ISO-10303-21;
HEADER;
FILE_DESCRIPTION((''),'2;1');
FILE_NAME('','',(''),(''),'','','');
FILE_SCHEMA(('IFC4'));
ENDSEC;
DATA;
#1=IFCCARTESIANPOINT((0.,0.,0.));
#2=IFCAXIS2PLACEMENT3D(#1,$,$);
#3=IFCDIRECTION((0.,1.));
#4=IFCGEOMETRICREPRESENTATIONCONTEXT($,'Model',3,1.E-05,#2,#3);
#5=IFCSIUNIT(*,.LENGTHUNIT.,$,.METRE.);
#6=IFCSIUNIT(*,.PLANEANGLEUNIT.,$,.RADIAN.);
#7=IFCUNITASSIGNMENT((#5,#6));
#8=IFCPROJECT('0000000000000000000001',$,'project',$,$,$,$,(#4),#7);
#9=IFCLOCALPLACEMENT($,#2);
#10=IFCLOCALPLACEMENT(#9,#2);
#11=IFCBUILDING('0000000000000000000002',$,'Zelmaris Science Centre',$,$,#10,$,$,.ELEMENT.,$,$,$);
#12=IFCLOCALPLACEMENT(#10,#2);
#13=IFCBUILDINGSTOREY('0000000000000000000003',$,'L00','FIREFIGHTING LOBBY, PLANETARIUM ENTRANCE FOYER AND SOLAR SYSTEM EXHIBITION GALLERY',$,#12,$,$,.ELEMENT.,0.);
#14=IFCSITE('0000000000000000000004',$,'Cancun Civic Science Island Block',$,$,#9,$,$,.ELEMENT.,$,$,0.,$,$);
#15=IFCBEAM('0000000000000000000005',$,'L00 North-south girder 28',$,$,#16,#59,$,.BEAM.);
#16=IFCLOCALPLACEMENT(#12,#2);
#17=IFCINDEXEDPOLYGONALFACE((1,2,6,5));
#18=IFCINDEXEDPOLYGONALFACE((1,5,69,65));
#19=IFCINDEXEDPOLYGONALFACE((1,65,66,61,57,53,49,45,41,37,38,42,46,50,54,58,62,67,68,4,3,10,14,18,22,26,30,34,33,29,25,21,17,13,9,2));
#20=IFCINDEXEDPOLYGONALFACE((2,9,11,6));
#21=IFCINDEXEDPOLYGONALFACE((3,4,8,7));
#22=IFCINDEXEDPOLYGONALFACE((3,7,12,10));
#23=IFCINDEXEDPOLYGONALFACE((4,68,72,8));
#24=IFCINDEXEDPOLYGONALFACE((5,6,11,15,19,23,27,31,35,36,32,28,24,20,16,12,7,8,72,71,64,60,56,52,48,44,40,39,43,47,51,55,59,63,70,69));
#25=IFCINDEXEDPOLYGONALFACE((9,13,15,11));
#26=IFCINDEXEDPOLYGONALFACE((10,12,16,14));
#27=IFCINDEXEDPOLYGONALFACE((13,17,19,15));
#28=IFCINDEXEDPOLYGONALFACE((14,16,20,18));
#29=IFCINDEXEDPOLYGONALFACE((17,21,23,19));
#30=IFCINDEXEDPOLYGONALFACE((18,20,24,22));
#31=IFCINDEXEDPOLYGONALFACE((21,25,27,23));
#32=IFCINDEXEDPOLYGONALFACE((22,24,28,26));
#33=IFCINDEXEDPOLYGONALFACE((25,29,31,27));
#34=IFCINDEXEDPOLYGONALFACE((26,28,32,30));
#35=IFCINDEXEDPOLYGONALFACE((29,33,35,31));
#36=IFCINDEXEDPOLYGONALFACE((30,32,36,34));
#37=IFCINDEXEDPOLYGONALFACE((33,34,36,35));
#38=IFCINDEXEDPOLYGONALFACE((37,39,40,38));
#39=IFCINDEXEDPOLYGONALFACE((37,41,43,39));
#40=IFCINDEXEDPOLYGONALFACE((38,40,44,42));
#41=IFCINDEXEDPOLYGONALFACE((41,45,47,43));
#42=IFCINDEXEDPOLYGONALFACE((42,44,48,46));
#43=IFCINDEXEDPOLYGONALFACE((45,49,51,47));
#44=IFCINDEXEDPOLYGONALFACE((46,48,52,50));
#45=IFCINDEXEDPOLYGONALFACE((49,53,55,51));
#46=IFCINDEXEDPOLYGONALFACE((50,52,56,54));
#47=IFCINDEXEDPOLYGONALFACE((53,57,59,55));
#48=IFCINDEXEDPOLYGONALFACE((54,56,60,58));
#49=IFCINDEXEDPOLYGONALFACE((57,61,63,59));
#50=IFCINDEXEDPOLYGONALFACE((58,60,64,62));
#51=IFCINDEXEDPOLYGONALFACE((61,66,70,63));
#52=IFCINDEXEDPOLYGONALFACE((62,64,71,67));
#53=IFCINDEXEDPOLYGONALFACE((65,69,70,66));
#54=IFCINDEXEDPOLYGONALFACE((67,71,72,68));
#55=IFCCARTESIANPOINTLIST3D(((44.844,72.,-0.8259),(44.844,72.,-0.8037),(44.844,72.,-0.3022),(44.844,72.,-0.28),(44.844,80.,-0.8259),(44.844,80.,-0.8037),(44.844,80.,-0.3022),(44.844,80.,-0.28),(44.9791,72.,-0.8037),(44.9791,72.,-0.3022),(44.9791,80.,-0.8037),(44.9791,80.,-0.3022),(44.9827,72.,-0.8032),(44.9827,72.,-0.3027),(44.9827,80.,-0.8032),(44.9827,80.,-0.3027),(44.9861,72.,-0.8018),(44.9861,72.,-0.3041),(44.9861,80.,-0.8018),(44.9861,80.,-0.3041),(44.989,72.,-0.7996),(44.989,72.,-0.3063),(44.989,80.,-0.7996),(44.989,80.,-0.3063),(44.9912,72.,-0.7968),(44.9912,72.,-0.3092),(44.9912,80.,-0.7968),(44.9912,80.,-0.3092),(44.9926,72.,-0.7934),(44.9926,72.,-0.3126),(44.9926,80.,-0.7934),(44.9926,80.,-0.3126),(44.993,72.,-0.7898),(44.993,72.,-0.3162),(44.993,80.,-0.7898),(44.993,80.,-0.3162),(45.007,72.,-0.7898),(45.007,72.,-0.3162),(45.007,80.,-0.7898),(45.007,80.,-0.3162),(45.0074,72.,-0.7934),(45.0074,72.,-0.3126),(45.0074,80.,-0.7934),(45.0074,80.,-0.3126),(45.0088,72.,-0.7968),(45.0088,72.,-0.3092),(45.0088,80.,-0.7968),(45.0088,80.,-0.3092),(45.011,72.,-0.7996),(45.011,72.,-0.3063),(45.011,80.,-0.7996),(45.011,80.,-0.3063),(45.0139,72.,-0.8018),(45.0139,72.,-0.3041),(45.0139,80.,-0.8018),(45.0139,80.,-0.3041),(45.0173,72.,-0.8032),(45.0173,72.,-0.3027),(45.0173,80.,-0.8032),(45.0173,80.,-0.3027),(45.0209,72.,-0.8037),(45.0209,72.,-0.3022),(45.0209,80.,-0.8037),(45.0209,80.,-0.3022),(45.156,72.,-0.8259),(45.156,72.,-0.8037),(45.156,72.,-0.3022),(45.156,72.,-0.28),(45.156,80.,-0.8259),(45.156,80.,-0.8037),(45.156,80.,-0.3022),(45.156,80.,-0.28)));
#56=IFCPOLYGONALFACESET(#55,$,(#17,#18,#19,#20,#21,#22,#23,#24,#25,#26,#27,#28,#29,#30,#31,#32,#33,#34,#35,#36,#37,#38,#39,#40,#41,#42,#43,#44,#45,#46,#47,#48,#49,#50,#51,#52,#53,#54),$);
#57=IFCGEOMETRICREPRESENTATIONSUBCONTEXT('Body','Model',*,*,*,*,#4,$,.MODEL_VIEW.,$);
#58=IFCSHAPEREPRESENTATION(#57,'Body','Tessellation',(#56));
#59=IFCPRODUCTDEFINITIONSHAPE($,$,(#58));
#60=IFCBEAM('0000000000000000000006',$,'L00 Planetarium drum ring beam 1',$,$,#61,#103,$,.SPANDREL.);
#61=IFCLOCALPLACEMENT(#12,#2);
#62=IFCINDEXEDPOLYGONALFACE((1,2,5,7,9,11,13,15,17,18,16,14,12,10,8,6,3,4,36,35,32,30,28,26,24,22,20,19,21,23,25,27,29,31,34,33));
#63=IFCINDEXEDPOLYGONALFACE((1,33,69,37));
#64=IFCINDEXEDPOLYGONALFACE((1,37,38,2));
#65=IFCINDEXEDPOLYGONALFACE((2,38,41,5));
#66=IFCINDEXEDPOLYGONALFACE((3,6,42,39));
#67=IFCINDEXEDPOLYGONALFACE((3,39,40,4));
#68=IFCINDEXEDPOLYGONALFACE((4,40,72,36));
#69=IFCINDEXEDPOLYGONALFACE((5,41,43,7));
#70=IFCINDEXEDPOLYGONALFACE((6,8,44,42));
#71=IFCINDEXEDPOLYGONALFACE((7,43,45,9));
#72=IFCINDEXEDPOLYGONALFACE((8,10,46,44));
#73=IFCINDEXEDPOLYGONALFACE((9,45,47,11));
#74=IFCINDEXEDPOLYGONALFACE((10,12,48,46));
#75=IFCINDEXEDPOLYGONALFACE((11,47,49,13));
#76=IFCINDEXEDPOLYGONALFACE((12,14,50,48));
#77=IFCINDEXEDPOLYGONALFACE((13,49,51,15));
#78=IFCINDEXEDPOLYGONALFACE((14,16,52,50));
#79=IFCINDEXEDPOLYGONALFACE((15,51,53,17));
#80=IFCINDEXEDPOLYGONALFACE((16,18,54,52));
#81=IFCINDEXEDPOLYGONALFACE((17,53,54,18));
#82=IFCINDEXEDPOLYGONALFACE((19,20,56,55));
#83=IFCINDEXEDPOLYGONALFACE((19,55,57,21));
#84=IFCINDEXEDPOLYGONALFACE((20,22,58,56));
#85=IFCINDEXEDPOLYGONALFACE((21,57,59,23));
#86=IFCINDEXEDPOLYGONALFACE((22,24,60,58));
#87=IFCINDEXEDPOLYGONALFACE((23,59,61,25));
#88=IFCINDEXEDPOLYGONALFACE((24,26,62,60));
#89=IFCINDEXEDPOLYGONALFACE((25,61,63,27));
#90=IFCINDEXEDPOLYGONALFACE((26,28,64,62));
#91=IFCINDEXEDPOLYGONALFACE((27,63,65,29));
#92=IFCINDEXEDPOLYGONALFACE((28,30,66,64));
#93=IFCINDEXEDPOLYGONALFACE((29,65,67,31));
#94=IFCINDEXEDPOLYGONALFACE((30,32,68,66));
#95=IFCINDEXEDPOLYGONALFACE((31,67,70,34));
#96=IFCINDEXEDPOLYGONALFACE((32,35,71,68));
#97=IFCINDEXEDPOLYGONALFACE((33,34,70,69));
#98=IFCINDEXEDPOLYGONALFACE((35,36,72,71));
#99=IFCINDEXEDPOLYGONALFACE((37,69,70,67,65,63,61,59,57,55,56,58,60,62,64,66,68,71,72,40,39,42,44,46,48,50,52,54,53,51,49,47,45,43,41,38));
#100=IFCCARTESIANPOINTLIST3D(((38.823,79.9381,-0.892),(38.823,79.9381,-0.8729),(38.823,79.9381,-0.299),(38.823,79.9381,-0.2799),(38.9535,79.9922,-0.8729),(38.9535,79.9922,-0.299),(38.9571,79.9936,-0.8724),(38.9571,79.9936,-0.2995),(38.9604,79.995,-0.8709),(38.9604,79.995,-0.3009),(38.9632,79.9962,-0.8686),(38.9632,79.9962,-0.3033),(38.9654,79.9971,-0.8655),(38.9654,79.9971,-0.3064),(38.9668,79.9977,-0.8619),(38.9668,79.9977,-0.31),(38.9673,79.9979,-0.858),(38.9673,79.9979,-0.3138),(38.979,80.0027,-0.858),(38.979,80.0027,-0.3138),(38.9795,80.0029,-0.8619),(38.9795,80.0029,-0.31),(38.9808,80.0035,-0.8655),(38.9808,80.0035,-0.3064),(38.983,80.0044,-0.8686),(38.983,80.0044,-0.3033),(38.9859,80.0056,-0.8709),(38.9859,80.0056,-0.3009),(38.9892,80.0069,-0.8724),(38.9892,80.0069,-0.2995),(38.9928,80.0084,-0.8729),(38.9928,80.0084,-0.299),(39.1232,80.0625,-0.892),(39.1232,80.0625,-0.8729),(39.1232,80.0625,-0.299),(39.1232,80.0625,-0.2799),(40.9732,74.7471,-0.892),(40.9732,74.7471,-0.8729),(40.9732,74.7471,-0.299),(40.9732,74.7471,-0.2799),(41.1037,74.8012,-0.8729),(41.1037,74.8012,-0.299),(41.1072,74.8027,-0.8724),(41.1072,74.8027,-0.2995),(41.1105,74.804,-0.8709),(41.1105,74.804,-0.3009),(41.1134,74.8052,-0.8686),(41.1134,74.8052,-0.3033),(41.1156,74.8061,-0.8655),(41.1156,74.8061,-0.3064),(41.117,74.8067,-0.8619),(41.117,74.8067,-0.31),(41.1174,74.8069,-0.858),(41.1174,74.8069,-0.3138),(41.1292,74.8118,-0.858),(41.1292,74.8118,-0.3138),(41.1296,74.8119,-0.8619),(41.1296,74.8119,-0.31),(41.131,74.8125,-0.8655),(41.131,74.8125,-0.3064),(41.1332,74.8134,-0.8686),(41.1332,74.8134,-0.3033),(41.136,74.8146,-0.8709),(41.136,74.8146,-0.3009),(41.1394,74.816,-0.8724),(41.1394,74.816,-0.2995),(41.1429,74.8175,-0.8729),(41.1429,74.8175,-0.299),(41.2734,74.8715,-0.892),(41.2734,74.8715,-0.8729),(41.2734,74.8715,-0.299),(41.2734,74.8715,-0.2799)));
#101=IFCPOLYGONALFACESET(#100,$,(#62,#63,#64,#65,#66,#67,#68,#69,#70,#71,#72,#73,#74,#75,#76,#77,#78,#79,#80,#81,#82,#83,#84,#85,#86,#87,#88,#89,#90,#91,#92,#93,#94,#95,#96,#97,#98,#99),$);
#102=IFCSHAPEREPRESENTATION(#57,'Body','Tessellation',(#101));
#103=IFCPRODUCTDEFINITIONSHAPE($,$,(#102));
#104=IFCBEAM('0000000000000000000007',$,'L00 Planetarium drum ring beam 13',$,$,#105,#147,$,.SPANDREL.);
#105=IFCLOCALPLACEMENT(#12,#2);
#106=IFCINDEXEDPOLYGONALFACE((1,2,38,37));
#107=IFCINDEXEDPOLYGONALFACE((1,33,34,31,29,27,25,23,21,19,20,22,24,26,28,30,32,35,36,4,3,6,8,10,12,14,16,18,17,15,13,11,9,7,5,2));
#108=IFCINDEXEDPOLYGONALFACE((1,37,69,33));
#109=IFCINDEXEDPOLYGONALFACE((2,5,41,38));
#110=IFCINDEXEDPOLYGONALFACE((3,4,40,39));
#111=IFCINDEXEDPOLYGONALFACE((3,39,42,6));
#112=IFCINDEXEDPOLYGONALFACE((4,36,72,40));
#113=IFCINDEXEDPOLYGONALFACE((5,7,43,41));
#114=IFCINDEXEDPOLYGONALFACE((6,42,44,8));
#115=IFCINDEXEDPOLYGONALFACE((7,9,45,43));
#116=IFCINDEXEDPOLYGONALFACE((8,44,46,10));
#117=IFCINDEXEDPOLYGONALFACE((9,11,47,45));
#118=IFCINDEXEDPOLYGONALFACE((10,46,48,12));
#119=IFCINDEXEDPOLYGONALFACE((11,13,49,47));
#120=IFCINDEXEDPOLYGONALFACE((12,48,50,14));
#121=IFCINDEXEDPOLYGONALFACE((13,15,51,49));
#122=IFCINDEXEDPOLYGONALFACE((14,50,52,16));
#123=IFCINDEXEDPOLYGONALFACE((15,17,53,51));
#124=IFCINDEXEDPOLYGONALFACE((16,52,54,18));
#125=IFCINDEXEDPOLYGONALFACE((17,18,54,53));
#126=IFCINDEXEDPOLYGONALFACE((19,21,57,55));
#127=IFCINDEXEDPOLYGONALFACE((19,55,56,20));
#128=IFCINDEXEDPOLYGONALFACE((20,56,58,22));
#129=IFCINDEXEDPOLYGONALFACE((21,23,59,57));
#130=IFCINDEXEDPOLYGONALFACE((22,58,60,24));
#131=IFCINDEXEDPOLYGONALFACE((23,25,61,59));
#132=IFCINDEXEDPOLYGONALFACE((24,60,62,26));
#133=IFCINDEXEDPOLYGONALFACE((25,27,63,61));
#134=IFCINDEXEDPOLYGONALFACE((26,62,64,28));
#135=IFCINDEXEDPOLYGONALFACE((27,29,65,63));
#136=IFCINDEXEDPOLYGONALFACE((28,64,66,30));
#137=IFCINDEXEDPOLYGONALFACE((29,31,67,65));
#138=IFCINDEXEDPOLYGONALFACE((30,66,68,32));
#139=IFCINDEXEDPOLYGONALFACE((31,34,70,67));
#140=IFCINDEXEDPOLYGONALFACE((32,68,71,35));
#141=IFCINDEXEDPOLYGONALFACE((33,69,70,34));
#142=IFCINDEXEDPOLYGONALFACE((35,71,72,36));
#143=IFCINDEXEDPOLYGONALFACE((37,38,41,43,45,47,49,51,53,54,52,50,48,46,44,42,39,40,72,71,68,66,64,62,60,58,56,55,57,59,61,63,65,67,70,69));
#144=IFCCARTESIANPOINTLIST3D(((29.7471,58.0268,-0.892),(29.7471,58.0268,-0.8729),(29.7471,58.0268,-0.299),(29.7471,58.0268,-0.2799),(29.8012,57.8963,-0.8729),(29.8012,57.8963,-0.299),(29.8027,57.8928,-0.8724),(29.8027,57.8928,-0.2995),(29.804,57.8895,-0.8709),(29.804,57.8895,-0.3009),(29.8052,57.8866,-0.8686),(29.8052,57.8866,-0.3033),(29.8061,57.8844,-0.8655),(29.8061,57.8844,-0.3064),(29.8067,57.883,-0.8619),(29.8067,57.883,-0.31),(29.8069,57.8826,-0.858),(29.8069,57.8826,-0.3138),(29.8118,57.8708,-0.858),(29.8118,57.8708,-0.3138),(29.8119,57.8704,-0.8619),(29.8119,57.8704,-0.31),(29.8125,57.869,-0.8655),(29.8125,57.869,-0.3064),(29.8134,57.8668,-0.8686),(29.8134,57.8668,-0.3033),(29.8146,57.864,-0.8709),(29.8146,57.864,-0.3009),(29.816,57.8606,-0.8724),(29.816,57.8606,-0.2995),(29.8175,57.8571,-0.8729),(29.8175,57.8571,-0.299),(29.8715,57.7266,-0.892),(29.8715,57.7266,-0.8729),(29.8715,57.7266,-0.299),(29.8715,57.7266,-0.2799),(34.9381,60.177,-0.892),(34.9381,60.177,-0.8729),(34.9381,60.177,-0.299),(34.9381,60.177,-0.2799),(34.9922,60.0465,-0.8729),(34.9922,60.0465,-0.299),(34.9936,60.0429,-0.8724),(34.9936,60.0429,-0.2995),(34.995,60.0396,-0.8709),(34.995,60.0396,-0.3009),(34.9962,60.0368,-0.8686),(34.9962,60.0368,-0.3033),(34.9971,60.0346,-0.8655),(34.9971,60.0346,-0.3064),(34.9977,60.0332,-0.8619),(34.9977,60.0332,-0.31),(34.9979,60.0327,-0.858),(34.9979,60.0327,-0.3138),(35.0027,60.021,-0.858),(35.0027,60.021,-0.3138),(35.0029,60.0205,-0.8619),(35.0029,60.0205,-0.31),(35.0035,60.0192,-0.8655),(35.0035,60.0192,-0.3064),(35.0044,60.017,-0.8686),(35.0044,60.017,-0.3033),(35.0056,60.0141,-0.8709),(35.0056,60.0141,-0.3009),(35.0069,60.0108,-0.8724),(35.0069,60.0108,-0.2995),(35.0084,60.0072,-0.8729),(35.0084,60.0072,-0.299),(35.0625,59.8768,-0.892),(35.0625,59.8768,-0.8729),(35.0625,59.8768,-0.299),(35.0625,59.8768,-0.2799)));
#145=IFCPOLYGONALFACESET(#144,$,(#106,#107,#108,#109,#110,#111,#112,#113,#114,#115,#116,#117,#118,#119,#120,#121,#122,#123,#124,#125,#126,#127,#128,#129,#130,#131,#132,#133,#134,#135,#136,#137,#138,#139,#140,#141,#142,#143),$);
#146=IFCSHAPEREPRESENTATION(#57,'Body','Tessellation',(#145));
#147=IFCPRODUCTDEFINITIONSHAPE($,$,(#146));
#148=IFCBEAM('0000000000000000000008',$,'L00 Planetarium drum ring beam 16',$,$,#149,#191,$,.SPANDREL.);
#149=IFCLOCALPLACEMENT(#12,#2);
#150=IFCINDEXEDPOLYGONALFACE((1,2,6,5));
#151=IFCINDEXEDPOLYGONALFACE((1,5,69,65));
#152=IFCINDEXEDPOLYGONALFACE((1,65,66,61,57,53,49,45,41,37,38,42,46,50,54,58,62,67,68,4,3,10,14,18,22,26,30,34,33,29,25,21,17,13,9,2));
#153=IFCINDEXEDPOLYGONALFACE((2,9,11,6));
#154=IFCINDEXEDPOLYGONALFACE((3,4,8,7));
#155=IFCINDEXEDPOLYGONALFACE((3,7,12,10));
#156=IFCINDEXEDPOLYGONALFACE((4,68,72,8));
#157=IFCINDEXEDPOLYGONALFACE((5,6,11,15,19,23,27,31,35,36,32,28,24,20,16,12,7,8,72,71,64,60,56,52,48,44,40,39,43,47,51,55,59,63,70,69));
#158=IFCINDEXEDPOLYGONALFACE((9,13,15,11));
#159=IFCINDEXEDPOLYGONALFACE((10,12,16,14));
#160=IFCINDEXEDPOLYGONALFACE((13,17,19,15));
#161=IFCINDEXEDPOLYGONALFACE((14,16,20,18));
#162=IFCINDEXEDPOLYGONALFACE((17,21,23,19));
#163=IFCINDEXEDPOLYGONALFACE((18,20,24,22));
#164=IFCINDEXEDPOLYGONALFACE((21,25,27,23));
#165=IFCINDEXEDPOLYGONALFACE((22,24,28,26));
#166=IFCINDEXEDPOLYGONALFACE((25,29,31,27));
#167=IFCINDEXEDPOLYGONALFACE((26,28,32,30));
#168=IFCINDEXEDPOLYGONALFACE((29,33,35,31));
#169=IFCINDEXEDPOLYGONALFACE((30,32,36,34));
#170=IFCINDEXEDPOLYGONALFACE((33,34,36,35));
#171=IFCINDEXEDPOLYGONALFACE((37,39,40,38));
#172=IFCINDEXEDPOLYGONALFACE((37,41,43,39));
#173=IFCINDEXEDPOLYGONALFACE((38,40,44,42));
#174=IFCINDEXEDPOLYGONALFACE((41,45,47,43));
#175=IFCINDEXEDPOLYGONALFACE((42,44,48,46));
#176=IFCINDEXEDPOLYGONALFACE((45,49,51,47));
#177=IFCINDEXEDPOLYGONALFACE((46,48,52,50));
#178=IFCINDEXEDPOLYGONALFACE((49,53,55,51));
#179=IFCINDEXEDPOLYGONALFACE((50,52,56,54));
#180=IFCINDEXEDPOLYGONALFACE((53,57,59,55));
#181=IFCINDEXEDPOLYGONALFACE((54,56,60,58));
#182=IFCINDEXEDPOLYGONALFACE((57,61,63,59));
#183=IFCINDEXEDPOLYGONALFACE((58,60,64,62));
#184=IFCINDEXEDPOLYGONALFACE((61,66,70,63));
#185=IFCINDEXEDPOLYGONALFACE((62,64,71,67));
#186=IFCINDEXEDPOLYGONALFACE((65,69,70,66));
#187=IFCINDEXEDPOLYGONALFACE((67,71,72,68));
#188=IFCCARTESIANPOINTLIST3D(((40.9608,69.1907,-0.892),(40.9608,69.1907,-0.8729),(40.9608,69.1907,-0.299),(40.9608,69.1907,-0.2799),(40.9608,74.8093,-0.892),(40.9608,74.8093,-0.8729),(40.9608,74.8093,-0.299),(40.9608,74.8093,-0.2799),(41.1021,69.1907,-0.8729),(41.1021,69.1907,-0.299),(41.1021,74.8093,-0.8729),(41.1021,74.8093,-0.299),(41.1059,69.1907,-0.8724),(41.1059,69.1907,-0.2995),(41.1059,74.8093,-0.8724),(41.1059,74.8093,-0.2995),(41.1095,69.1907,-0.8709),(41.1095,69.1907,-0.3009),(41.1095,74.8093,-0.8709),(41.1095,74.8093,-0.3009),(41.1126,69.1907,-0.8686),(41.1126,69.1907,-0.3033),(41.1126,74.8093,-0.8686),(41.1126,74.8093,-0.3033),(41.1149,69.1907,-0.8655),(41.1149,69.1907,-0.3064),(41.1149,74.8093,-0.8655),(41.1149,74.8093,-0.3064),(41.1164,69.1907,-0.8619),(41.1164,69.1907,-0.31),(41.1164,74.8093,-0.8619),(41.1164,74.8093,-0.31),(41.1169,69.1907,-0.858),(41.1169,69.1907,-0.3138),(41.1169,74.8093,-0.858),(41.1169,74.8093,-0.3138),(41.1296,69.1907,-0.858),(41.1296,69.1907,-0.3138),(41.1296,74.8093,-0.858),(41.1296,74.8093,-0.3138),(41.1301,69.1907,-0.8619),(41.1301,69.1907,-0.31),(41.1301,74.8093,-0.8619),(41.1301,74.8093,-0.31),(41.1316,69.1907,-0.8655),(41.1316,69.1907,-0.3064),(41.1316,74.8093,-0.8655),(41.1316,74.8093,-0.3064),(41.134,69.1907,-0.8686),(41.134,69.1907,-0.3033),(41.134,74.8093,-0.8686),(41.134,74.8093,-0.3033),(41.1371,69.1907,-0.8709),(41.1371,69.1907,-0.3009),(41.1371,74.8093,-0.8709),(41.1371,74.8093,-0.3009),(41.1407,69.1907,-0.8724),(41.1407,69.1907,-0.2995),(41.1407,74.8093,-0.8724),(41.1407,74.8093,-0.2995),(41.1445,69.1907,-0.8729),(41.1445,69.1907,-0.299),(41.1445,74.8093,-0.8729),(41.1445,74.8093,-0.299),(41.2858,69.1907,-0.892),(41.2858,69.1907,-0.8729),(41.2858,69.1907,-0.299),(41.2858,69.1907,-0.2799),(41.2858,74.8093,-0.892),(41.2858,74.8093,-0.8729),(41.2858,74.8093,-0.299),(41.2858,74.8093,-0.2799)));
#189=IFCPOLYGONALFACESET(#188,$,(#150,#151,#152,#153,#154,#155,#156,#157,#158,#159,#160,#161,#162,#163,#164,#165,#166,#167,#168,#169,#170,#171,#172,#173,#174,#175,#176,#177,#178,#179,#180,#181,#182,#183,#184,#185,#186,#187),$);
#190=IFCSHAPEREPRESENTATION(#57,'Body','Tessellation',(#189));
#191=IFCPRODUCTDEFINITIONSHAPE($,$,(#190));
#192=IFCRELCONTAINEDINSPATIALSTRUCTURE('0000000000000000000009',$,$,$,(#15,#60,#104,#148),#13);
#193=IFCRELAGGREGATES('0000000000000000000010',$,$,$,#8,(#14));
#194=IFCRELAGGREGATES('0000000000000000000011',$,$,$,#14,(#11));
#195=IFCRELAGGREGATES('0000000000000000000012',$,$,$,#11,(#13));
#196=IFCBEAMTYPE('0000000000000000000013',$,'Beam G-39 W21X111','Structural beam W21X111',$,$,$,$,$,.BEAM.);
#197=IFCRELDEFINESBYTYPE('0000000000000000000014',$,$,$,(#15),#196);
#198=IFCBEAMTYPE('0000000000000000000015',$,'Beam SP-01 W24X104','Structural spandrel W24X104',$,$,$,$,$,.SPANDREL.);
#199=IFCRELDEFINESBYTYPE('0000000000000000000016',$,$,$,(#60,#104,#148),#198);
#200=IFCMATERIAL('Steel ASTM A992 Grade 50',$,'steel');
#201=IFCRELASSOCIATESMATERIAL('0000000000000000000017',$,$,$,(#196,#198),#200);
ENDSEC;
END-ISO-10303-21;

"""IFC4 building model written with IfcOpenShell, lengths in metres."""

from ifc_helpers import new_model, si_unit, direction, frame, origin, origin_2d, place, context, subcontext, project, spatial, i_section, extrude, material, material_profile, profile_set, type_object, element, save


model = new_model("IFC4")

# Units and contexts
model_context = context("Model", 3, precision=1e-05, world=origin(), true_north=direction((0.0, 1.0)))
body_context = subcontext(model_context, "Body", "Model", "MODEL_VIEW")
ifc_project = project(units=[si_unit("LENGTHUNIT", "METRE"), si_unit("PLANEANGLEUNIT", "RADIAN")], contexts=[model_context])

# Site, building, storey
site_placement = place(None, origin())
site = spatial("IfcSite", under=ifc_project, at=site_placement, Name="Cancun Civic Science Island Block", CompositionType="ELEMENT", RefElevation=0.0)
building_placement = place(site_placement, origin())
building = spatial("IfcBuilding", under=site, at=building_placement, Name="Zelmaris Science Centre", CompositionType="ELEMENT")
storey_placement = place(building_placement, origin())
storey = spatial("IfcBuildingStorey", under=building, at=storey_placement, Name="L00", Description="FIREFIGHTING LOBBY, PLANETARIUM ENTRANCE FOYER AND SOLAR SYSTEM EXHIBITION GALLERY", CompositionType="ELEMENT", Elevation=0.0)

# Shared definitions
ifc_material_1 = material(Name="Steel ASTM A992 Grade 50", Category="steel")

# Beams
ifc_material_profile_1 = material_profile(ifc_material_1, i_section(OverallWidth=0.312, OverallDepth=0.5459, WebThickness=0.0139, FlangeThickness=0.0222, FilletRadius=0.0139, at=origin_2d()), Name="W21X111")
ifc_profile_set_1 = profile_set([ifc_material_profile_1], Name="Steel ASTM A992 Grade 50")
beam_type_1 = type_object("IfcBeamType", Name="Beam G-39 W21X111", Description="Structural beam W21X111", PredefinedType="BEAM", material=ifc_profile_set_1)
beam_1_placement = place(storey_placement, frame((45.0, 72.0, -0.553), z_axis=(0.0, 1.0, 0.0), x_axis=(-1.0, 0.0, 0.0)))
element("IfcBeam", 1, at=beam_1_placement, inside=storey, type_object=beam_type_1, Name="L00 North-south girder 28", PredefinedType="BEAM", context=body_context, shape_type="SweptSolid", body=[
    extrude(i_section(OverallWidth=0.312, OverallDepth=0.5459, WebThickness=0.0139, FlangeThickness=0.0222, FilletRadius=0.0139, at=origin_2d()), origin(), (0.0, 0.0, 1.0), 8.0),
])
ifc_material_profile_2 = material_profile(ifc_material_1, i_section(OverallWidth=0.325, OverallDepth=0.6121, WebThickness=0.0127, FlangeThickness=0.019, FilletRadius=0.0149, at=origin_2d()), Name="W24X104")
ifc_profile_set_2 = profile_set([ifc_material_profile_2], Name="Steel ASTM A992 Grade 50")
beam_type_2 = type_object("IfcBeamType", Name="Beam SP-01 W24X104", Description="Structural spandrel W24X104", PredefinedType="SPANDREL", material=ifc_profile_set_2)
for number, where, z_axis, x_axis, name in (
    (2, (41.1233, 74.8093, -0.5859), (-0.382683, 0.92388, 0.0), (-0.92388, -0.382683, 0.0), "L00 Planetarium drum ring beam 1"),
    (3, (29.8093, 57.8767, -0.5859), (0.92388, 0.382683, 0.0), (-0.382683, 0.92388, 0.0), "L00 Planetarium drum ring beam 13"),
    (4, (41.1233, 69.1907, -0.5859), (0.0, 1.0, 0.0), (-1.0, 0.0, 0.0), "L00 Planetarium drum ring beam 16"),
):
    element("IfcBeam", number, at=place(storey_placement, frame(where, z_axis=z_axis, x_axis=x_axis)), inside=storey, type_object=beam_type_2, Name=name, PredefinedType="SPANDREL", context=body_context, shape_type="SweptSolid", body=[
        extrude(i_section(OverallWidth=0.325, OverallDepth=0.6121, WebThickness=0.0127, FlangeThickness=0.019, FilletRadius=0.0149, at=origin_2d()), origin(), (0.0, 0.0, 1.0), 5.6187),
    ])

save(model, "model.ifc")
